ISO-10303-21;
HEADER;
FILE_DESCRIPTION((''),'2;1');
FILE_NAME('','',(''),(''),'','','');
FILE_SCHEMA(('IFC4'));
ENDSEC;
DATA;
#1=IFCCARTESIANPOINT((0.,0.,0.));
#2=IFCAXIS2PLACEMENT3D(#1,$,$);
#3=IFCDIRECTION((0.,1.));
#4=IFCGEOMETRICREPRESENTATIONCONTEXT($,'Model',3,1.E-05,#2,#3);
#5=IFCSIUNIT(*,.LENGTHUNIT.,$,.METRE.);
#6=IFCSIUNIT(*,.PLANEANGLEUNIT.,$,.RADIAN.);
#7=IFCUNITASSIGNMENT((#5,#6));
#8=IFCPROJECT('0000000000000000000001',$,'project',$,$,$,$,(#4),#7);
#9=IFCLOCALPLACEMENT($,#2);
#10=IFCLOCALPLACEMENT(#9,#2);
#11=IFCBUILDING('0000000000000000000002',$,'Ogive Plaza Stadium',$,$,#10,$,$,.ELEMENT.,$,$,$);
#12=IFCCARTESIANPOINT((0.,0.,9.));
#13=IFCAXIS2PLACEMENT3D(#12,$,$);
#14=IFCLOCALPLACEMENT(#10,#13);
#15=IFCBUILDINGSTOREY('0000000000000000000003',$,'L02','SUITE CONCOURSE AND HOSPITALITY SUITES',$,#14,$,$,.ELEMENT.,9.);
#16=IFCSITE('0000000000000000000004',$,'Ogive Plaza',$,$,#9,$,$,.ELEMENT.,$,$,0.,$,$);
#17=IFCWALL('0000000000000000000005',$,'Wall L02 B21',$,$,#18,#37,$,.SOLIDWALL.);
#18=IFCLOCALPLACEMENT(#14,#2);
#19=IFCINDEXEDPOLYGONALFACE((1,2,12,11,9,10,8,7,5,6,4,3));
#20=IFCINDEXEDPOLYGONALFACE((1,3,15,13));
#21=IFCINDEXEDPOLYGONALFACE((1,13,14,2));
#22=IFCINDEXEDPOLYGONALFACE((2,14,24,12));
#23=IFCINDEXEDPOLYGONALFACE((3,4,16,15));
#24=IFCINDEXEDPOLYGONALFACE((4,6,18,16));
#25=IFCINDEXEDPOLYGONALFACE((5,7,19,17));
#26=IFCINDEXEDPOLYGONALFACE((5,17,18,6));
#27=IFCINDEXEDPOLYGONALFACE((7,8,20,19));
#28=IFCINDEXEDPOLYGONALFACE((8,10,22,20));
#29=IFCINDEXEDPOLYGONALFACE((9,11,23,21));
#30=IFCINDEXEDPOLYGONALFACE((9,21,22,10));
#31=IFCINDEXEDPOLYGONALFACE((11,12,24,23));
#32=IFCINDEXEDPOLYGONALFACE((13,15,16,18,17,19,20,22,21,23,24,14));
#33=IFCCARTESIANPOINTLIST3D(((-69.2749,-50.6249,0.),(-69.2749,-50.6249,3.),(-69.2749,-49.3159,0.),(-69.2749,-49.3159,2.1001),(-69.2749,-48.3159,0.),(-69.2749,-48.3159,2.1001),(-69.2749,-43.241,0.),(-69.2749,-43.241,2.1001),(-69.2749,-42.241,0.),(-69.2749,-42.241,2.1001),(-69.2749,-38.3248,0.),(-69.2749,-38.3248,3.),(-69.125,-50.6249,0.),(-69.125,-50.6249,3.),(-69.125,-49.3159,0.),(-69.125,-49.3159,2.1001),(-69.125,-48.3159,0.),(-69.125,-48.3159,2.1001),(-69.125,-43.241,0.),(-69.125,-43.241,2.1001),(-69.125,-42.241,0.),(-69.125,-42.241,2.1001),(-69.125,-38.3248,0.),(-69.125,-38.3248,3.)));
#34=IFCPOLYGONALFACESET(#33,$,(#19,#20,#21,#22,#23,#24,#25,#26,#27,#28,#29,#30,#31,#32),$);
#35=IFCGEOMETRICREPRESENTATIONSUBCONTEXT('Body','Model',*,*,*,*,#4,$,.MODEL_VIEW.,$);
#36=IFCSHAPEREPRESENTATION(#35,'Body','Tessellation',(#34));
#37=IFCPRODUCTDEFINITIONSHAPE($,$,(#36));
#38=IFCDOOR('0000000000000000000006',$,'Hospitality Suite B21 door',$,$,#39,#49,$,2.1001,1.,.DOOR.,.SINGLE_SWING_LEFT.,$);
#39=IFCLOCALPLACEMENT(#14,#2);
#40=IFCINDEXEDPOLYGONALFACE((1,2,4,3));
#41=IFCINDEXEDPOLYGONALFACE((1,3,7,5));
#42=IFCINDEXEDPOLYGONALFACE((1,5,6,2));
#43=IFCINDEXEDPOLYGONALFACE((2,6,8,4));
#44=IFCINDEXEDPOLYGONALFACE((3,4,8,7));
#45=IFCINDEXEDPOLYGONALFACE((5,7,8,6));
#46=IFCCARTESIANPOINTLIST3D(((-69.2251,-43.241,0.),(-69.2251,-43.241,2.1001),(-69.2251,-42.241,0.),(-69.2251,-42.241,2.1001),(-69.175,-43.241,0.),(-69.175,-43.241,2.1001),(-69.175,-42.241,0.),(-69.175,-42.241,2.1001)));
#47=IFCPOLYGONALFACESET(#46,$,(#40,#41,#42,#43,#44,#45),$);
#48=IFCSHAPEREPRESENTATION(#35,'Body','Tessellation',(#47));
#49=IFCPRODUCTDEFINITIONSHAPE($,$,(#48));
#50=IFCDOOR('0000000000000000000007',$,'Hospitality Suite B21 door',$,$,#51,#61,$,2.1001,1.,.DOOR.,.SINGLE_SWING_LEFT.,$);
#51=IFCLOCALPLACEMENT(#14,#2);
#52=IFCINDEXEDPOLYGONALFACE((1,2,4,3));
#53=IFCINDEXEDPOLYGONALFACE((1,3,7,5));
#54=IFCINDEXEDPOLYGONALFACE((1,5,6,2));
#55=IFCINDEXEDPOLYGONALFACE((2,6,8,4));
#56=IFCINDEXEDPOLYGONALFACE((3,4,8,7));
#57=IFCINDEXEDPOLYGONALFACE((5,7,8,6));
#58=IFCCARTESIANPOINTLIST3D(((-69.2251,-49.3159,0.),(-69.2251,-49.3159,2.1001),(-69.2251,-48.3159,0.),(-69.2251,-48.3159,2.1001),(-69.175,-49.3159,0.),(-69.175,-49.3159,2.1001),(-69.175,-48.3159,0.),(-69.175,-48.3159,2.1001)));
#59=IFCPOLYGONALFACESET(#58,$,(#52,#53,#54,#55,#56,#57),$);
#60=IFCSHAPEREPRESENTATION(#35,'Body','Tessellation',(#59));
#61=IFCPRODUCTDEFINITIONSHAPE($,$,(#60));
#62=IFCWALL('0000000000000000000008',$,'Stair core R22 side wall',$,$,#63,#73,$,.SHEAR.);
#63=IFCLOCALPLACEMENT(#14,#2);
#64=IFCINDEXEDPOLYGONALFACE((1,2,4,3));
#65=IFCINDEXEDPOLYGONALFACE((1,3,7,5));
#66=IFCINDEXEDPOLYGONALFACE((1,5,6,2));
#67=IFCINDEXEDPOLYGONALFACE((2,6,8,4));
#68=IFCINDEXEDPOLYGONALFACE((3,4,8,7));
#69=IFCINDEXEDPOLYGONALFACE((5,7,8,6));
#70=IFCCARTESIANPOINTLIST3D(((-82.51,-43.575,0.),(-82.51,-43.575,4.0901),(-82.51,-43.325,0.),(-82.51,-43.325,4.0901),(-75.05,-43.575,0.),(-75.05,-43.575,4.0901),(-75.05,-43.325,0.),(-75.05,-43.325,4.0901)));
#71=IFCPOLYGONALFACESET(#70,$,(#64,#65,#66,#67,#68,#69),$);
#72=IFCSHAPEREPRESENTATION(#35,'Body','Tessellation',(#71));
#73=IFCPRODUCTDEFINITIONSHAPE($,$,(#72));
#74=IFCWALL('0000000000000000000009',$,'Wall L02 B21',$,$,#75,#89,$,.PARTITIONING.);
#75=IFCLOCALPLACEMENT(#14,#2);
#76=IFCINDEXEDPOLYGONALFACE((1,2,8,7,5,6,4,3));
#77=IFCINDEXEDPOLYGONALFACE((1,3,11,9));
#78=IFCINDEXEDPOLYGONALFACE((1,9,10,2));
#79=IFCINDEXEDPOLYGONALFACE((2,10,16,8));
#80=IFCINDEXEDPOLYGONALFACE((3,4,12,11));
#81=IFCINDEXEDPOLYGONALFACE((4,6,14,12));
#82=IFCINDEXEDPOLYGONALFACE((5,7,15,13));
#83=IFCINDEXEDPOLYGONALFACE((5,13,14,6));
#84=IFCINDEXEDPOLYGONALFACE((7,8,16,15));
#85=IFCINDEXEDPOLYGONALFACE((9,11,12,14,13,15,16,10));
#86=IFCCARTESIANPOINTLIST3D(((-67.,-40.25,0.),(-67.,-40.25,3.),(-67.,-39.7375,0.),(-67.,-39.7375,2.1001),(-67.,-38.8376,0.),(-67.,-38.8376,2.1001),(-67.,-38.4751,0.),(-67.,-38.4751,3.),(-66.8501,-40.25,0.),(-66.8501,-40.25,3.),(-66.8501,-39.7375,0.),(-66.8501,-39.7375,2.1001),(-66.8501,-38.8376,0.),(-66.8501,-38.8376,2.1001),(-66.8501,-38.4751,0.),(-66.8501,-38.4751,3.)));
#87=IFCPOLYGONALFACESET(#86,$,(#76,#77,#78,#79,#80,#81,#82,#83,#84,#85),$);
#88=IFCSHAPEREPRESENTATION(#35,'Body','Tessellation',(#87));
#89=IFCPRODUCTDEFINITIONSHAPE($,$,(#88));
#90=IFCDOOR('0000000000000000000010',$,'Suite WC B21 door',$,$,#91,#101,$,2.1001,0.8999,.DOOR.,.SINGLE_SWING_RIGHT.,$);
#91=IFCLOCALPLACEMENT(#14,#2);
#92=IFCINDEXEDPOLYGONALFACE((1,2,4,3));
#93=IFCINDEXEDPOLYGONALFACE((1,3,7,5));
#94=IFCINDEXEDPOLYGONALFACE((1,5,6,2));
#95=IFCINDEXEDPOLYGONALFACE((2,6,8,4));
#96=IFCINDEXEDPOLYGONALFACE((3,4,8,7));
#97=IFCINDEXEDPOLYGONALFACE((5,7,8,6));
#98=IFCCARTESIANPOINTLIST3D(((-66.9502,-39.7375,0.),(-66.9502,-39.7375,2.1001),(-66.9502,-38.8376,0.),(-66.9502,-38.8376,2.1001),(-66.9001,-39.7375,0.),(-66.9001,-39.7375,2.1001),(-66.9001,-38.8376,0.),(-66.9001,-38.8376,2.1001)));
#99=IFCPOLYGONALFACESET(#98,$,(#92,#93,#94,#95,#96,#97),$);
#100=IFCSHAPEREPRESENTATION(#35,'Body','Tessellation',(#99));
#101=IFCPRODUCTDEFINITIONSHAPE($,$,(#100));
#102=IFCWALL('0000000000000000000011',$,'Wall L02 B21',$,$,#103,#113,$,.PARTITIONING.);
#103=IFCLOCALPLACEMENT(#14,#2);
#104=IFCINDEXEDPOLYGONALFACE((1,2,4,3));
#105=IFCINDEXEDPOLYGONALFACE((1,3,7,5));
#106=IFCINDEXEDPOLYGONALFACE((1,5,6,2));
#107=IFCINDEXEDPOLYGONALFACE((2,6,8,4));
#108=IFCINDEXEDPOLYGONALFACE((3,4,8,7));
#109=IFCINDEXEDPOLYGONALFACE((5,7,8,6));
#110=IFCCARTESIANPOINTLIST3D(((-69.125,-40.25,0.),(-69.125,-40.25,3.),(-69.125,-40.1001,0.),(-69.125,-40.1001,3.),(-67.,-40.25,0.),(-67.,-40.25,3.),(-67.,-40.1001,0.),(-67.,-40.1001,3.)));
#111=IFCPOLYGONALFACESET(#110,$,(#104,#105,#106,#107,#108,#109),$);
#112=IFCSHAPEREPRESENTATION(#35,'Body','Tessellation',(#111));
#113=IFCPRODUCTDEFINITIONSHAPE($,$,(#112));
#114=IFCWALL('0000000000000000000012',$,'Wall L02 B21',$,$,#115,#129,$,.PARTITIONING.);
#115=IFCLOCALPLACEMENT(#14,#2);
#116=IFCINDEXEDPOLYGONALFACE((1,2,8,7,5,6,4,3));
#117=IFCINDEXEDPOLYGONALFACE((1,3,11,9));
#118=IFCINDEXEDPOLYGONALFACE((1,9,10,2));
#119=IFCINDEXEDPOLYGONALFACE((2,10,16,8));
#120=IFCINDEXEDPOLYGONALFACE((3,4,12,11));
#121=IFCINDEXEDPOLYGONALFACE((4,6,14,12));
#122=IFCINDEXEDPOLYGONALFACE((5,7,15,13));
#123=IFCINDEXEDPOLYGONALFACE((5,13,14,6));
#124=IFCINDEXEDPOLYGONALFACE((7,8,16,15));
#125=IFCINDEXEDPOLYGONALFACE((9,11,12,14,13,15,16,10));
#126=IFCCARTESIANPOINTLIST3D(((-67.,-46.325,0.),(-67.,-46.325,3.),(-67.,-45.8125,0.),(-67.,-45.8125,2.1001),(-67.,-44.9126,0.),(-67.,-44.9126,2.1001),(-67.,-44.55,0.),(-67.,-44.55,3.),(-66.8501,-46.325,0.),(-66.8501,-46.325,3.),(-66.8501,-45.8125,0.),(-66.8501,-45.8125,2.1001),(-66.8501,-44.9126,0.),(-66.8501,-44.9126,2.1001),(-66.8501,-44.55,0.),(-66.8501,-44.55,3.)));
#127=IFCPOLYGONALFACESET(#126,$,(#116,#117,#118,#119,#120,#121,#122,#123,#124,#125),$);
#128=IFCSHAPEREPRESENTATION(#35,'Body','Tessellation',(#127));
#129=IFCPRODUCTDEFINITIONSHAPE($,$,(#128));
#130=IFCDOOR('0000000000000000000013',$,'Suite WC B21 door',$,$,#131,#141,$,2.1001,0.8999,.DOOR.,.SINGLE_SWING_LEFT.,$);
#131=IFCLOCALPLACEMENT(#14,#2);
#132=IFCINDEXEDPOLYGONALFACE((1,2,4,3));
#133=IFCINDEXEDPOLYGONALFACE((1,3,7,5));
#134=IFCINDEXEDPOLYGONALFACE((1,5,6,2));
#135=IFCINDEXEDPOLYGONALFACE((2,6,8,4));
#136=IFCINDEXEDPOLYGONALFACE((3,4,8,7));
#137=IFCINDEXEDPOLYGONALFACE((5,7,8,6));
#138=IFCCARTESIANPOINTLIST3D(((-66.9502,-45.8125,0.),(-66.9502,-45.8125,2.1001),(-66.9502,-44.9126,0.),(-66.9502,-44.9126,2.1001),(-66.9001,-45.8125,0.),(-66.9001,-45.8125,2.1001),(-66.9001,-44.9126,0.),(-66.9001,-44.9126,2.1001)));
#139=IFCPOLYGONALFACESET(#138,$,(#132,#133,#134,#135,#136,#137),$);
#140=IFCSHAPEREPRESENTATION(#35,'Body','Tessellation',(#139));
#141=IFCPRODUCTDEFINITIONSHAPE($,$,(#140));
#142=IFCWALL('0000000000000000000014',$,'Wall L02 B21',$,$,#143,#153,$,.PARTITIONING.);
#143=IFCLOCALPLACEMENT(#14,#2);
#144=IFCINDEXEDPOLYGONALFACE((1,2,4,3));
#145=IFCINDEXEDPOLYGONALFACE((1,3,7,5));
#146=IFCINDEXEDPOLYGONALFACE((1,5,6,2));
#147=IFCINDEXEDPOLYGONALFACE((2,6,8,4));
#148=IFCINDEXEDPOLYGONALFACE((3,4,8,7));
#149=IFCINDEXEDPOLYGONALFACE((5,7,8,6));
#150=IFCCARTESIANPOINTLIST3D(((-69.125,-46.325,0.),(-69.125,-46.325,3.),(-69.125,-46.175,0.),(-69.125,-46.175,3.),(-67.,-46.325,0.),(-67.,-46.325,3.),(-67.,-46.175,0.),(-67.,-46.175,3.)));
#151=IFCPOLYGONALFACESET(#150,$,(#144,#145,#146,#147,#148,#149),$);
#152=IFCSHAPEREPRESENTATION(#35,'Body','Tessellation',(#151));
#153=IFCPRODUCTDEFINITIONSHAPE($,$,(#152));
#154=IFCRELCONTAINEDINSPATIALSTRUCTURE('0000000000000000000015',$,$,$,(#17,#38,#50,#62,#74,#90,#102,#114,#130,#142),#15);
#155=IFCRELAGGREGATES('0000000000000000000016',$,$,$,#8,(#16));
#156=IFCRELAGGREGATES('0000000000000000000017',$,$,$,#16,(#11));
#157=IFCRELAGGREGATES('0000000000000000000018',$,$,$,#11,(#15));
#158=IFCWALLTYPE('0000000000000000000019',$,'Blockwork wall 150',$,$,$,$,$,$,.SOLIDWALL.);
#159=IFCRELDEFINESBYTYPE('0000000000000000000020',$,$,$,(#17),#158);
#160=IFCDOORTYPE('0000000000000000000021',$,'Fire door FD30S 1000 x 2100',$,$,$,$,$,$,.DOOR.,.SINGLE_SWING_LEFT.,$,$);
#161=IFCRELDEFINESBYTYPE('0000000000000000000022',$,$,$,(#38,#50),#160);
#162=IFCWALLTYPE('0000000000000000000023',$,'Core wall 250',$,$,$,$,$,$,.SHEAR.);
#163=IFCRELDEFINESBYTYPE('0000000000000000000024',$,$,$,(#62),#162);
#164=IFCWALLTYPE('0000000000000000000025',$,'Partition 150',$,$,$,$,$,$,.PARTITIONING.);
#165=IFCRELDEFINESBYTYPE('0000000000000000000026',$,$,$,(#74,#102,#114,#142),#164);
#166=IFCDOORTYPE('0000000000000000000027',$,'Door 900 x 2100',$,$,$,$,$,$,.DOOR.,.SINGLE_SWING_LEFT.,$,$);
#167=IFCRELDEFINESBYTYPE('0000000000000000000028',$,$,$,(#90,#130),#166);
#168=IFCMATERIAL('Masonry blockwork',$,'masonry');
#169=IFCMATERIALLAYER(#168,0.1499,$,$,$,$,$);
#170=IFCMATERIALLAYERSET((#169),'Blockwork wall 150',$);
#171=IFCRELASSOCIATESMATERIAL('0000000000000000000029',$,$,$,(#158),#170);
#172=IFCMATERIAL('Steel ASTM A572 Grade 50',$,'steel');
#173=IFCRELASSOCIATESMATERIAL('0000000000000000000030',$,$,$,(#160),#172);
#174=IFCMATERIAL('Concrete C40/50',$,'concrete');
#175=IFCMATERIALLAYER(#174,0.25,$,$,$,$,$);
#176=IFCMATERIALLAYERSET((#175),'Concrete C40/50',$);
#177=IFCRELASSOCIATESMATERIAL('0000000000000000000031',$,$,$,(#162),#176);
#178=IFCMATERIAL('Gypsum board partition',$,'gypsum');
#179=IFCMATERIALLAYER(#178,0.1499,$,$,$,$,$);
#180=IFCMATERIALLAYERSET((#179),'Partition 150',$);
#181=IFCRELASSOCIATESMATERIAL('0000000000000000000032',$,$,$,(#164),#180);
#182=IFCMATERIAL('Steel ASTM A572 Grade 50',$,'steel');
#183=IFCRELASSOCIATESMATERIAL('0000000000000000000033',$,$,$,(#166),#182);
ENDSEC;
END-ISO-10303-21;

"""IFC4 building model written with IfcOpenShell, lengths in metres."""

from ifc_helpers import new_model, si_unit, direction, frame, frame_2d, origin, place, context, subcontext, project, spatial, rectangle, extrude, material, layer, layer_set, type_object, element, fill, save


model = new_model("IFC4")

# Units and contexts
model_context = context("Model", 3, precision=1e-05, world=origin(), true_north=direction((0.0, 1.0)))
body_context = subcontext(model_context, "Body", "Model", "MODEL_VIEW")
ifc_project = project(units=[si_unit("LENGTHUNIT", "METRE"), si_unit("PLANEANGLEUNIT", "RADIAN")], contexts=[model_context])

# Site, building, storey
site_placement = place(None, origin())
site = spatial("IfcSite", under=ifc_project, at=site_placement, Name="Ogive Plaza", CompositionType="ELEMENT", RefElevation=0.0)
building_placement = place(site_placement, origin())
building = spatial("IfcBuilding", under=site, at=building_placement, Name="Ogive Plaza Stadium", CompositionType="ELEMENT")
storey_placement = place(building_placement, frame((0.0, 0.0, 9.0)))
storey = spatial("IfcBuildingStorey", under=building, at=storey_placement, Name="L02", Description="SUITE CONCOURSE AND HOSPITALITY SUITES", CompositionType="ELEMENT", Elevation=9.0)

# Wall, openings, doors
ifc_material_1 = material(Name="Masonry blockwork", Category="masonry")
ifc_layer_1 = layer(ifc_material_1, 0.1499)
ifc_layer_set_1 = layer_set([ifc_layer_1], Name="Blockwork wall 150")
wall_type_1 = type_object("IfcWallType", Name="Blockwork wall 150", PredefinedType="SOLIDWALL", material=ifc_layer_set_1)
wall_1_placement = place(storey_placement, frame((-69.2, -38.325, 0.0), z_axis=(0.0, 0.0, 1.0), x_axis=(0.0, -1.0, 0.0)))
wall_1 = element("IfcWall", 1, at=wall_1_placement, inside=storey, type_object=wall_type_1, Name="Wall L02 B21", PredefinedType="SOLIDWALL", context=body_context, shape_type="SweptSolid", body=[
    extrude(rectangle(XDim=12.3, YDim=0.1499, at=frame_2d((6.1499, 0.0))), origin(), (0.0, 0.0, 1.0), 3.0),
])
opening_1_placement = place(wall_1_placement, frame((3.916, 0.0, 0.0)))
opening_1 = element("IfcOpeningElement", 2, at=opening_1_placement, cuts=wall_1, PredefinedType="OPENING", context=body_context, shape_type="SweptSolid", body=[
    extrude(rectangle(XDim=1.0, YDim=2.1001, at=frame_2d((0.5, 1.05))), frame((0.0, 0.075, 0.0), z_axis=(0.0, -1.0, 0.0), x_axis=(1.0, 0.0, 0.0)), (0.0, 0.0, 1.0), 0.1499),
])
opening_2_placement = place(wall_1_placement, frame((9.991, 0.0, 0.0)))
opening_2 = element("IfcOpeningElement", 3, at=opening_2_placement, cuts=wall_1, PredefinedType="OPENING", context=body_context, shape_type="SweptSolid", body=[
    extrude(rectangle(XDim=1.0, YDim=2.1001, at=frame_2d((0.5, 1.05))), frame((0.0, 0.075, 0.0), z_axis=(0.0, -1.0, 0.0), x_axis=(1.0, 0.0, 0.0)), (0.0, 0.0, 1.0), 0.1499),
])
ifc_material_2 = material(Name="Steel ASTM A572 Grade 50", Category="steel")
door_type_1 = type_object("IfcDoorType", Name="Fire door FD30S 1000 x 2100", OperationType="SINGLE_SWING_LEFT", PredefinedType="DOOR", material=ifc_material_2)
door_1_placement = place(opening_1_placement, origin())
door_1 = element("IfcDoor", 4, at=door_1_placement, inside=storey, type_object=door_type_1, Name="Hospitality Suite B21 door", OperationType="SINGLE_SWING_LEFT", OverallHeight=2.1001, OverallWidth=1.0, PredefinedType="DOOR", context=body_context, shape_type="SweptSolid", body=[
    extrude(rectangle(XDim=1.0, YDim=2.1001, at=frame_2d((0.5, 1.05))), frame((0.0, 0.0249, 0.0), z_axis=(0.0, -1.0, 0.0), x_axis=(1.0, 0.0, 0.0)), (0.0, 0.0, 1.0), 0.05),
])
fill(opening_1, door_1)
door_2_placement = place(opening_2_placement, origin())
door_2 = element("IfcDoor", 5, at=door_2_placement, inside=storey, type_object=door_type_1, Name="Hospitality Suite B21 door", OperationType="SINGLE_SWING_LEFT", OverallHeight=2.1001, OverallWidth=1.0, PredefinedType="DOOR", context=body_context, shape_type="SweptSolid", body=[
    extrude(rectangle(XDim=1.0, YDim=2.1001, at=frame_2d((0.5, 1.05))), frame((0.0, 0.0249, 0.0), z_axis=(0.0, -1.0, 0.0), x_axis=(1.0, 0.0, 0.0)), (0.0, 0.0, 1.0), 0.05),
])
fill(opening_2, door_2)

# Wall
ifc_material_3 = material(Name="Concrete C40/50", Category="concrete")
ifc_layer_2 = layer(ifc_material_3, 0.25)
ifc_layer_set_2 = layer_set([ifc_layer_2], Name="Concrete C40/50")
wall_type_2 = type_object("IfcWallType", Name="Core wall 250", PredefinedType="SHEAR", material=ifc_layer_set_2)
wall_2_placement = place(storey_placement, frame((-75.05, -43.45, 0.0), z_axis=(0.0, 0.0, 1.0), x_axis=(-1.0, 0.0, 0.0)))
element("IfcWall", 6, at=wall_2_placement, inside=storey, type_object=wall_type_2, Name="Stair core R22 side wall", PredefinedType="SHEAR", context=body_context, shape_type="SweptSolid", body=[
    extrude(rectangle(XDim=7.46, YDim=0.25, at=frame_2d((3.73, 0.0))), origin(), (0.0, 0.0, 1.0), 4.0901),
])

# Wall, opening, door
ifc_material_4 = material(Name="Gypsum board partition", Category="gypsum")
ifc_layer_3 = layer(ifc_material_4, 0.1499)
ifc_layer_set_3 = layer_set([ifc_layer_3], Name="Partition 150")
wall_type_3 = type_object("IfcWallType", Name="Partition 150", PredefinedType="PARTITIONING", material=ifc_layer_set_3)
wall_3_placement = place(storey_placement, frame((-66.925, -38.4751, 0.0), z_axis=(0.0, 0.0, 1.0), x_axis=(0.0, -1.0, 0.0)))
wall_3 = element("IfcWall", 7, at=wall_3_placement, inside=storey, type_object=wall_type_3, Name="Wall L02 B21", PredefinedType="PARTITIONING", context=body_context, shape_type="SweptSolid", body=[
    extrude(rectangle(XDim=1.7749, YDim=0.1499, at=frame_2d((0.8875, 0.0))), origin(), (0.0, 0.0, 1.0), 3.0),
])
opening_3_placement = place(wall_3_placement, frame((0.3625, 0.0, 0.0)))
opening_3 = element("IfcOpeningElement", 8, at=opening_3_placement, cuts=wall_3, PredefinedType="OPENING", context=body_context, shape_type="SweptSolid", body=[
    extrude(rectangle(XDim=0.8999, YDim=2.1001, at=frame_2d((0.45, 1.05))), frame((0.0, 0.075, 0.0), z_axis=(0.0, -1.0, 0.0), x_axis=(1.0, 0.0, 0.0)), (0.0, 0.0, 1.0), 0.1499),
])
ifc_material_5 = material(Name="Steel ASTM A572 Grade 50", Category="steel")
door_type_2 = type_object("IfcDoorType", Name="Door 900 x 2100", OperationType="SINGLE_SWING_LEFT", PredefinedType="DOOR", material=ifc_material_5)
door_3_placement = place(opening_3_placement, origin())
door_3 = element("IfcDoor", 9, at=door_3_placement, inside=storey, type_object=door_type_2, Name="Suite WC B21 door", OperationType="SINGLE_SWING_RIGHT", OverallHeight=2.1001, OverallWidth=0.8999, PredefinedType="DOOR", context=body_context, shape_type="SweptSolid", body=[
    extrude(rectangle(XDim=0.8999, YDim=2.1001, at=frame_2d((0.45, 1.05))), frame((0.0, 0.0249, 0.0), z_axis=(0.0, -1.0, 0.0), x_axis=(1.0, 0.0, 0.0)), (0.0, 0.0, 1.0), 0.05),
])
fill(opening_3, door_3)

# Wall
wall_4_placement = place(storey_placement, frame((-67.0, -40.175, 0.0), z_axis=(0.0, 0.0, 1.0), x_axis=(-1.0, 0.0, 0.0)))
element("IfcWall", 10, at=wall_4_placement, inside=storey, type_object=wall_type_3, Name="Wall L02 B21", PredefinedType="PARTITIONING", context=body_context, shape_type="SweptSolid", body=[
    extrude(rectangle(XDim=2.125, YDim=0.1499, at=frame_2d((1.0625, 0.0))), origin(), (0.0, 0.0, 1.0), 3.0),
])

# Wall, opening, door
wall_5_placement = place(storey_placement, frame((-66.925, -44.55, 0.0), z_axis=(0.0, 0.0, 1.0), x_axis=(0.0, -1.0, 0.0)))
wall_5 = element("IfcWall", 11, at=wall_5_placement, inside=storey, type_object=wall_type_3, Name="Wall L02 B21", PredefinedType="PARTITIONING", context=body_context, shape_type="SweptSolid", body=[
    extrude(rectangle(XDim=1.7749, YDim=0.1499, at=frame_2d((0.8875, 0.0))), origin(), (0.0, 0.0, 1.0), 3.0),
])
opening_4_placement = place(wall_5_placement, frame((0.3625, 0.0, 0.0)))
opening_4 = element("IfcOpeningElement", 12, at=opening_4_placement, cuts=wall_5, PredefinedType="OPENING", context=body_context, shape_type="SweptSolid", body=[
    extrude(rectangle(XDim=0.8999, YDim=2.1001, at=frame_2d((0.45, 1.05))), frame((0.0, 0.075, 0.0), z_axis=(0.0, -1.0, 0.0), x_axis=(1.0, 0.0, 0.0)), (0.0, 0.0, 1.0), 0.1499),
])
door_4_placement = place(opening_4_placement, origin())
door_4 = element("IfcDoor", 13, at=door_4_placement, inside=storey, type_object=door_type_2, Name="Suite WC B21 door", OperationType="SINGLE_SWING_LEFT", OverallHeight=2.1001, OverallWidth=0.8999, PredefinedType="DOOR", context=body_context, shape_type="SweptSolid", body=[
    extrude(rectangle(XDim=0.8999, YDim=2.1001, at=frame_2d((0.45, 1.05))), frame((0.0, 0.0249, 0.0), z_axis=(0.0, -1.0, 0.0), x_axis=(1.0, 0.0, 0.0)), (0.0, 0.0, 1.0), 0.05),
])
fill(opening_4, door_4)

# Wall
wall_6_placement = place(storey_placement, frame((-67.0, -46.25, 0.0), z_axis=(0.0, 0.0, 1.0), x_axis=(-1.0, 0.0, 0.0)))
element("IfcWall", 14, at=wall_6_placement, inside=storey, type_object=wall_type_3, Name="Wall L02 B21", PredefinedType="PARTITIONING", context=body_context, shape_type="SweptSolid", body=[
    extrude(rectangle(XDim=2.125, YDim=0.1499, at=frame_2d((1.0625, 0.0))), origin(), (0.0, 0.0, 1.0), 3.0),
])

save(model, "model.ifc")
